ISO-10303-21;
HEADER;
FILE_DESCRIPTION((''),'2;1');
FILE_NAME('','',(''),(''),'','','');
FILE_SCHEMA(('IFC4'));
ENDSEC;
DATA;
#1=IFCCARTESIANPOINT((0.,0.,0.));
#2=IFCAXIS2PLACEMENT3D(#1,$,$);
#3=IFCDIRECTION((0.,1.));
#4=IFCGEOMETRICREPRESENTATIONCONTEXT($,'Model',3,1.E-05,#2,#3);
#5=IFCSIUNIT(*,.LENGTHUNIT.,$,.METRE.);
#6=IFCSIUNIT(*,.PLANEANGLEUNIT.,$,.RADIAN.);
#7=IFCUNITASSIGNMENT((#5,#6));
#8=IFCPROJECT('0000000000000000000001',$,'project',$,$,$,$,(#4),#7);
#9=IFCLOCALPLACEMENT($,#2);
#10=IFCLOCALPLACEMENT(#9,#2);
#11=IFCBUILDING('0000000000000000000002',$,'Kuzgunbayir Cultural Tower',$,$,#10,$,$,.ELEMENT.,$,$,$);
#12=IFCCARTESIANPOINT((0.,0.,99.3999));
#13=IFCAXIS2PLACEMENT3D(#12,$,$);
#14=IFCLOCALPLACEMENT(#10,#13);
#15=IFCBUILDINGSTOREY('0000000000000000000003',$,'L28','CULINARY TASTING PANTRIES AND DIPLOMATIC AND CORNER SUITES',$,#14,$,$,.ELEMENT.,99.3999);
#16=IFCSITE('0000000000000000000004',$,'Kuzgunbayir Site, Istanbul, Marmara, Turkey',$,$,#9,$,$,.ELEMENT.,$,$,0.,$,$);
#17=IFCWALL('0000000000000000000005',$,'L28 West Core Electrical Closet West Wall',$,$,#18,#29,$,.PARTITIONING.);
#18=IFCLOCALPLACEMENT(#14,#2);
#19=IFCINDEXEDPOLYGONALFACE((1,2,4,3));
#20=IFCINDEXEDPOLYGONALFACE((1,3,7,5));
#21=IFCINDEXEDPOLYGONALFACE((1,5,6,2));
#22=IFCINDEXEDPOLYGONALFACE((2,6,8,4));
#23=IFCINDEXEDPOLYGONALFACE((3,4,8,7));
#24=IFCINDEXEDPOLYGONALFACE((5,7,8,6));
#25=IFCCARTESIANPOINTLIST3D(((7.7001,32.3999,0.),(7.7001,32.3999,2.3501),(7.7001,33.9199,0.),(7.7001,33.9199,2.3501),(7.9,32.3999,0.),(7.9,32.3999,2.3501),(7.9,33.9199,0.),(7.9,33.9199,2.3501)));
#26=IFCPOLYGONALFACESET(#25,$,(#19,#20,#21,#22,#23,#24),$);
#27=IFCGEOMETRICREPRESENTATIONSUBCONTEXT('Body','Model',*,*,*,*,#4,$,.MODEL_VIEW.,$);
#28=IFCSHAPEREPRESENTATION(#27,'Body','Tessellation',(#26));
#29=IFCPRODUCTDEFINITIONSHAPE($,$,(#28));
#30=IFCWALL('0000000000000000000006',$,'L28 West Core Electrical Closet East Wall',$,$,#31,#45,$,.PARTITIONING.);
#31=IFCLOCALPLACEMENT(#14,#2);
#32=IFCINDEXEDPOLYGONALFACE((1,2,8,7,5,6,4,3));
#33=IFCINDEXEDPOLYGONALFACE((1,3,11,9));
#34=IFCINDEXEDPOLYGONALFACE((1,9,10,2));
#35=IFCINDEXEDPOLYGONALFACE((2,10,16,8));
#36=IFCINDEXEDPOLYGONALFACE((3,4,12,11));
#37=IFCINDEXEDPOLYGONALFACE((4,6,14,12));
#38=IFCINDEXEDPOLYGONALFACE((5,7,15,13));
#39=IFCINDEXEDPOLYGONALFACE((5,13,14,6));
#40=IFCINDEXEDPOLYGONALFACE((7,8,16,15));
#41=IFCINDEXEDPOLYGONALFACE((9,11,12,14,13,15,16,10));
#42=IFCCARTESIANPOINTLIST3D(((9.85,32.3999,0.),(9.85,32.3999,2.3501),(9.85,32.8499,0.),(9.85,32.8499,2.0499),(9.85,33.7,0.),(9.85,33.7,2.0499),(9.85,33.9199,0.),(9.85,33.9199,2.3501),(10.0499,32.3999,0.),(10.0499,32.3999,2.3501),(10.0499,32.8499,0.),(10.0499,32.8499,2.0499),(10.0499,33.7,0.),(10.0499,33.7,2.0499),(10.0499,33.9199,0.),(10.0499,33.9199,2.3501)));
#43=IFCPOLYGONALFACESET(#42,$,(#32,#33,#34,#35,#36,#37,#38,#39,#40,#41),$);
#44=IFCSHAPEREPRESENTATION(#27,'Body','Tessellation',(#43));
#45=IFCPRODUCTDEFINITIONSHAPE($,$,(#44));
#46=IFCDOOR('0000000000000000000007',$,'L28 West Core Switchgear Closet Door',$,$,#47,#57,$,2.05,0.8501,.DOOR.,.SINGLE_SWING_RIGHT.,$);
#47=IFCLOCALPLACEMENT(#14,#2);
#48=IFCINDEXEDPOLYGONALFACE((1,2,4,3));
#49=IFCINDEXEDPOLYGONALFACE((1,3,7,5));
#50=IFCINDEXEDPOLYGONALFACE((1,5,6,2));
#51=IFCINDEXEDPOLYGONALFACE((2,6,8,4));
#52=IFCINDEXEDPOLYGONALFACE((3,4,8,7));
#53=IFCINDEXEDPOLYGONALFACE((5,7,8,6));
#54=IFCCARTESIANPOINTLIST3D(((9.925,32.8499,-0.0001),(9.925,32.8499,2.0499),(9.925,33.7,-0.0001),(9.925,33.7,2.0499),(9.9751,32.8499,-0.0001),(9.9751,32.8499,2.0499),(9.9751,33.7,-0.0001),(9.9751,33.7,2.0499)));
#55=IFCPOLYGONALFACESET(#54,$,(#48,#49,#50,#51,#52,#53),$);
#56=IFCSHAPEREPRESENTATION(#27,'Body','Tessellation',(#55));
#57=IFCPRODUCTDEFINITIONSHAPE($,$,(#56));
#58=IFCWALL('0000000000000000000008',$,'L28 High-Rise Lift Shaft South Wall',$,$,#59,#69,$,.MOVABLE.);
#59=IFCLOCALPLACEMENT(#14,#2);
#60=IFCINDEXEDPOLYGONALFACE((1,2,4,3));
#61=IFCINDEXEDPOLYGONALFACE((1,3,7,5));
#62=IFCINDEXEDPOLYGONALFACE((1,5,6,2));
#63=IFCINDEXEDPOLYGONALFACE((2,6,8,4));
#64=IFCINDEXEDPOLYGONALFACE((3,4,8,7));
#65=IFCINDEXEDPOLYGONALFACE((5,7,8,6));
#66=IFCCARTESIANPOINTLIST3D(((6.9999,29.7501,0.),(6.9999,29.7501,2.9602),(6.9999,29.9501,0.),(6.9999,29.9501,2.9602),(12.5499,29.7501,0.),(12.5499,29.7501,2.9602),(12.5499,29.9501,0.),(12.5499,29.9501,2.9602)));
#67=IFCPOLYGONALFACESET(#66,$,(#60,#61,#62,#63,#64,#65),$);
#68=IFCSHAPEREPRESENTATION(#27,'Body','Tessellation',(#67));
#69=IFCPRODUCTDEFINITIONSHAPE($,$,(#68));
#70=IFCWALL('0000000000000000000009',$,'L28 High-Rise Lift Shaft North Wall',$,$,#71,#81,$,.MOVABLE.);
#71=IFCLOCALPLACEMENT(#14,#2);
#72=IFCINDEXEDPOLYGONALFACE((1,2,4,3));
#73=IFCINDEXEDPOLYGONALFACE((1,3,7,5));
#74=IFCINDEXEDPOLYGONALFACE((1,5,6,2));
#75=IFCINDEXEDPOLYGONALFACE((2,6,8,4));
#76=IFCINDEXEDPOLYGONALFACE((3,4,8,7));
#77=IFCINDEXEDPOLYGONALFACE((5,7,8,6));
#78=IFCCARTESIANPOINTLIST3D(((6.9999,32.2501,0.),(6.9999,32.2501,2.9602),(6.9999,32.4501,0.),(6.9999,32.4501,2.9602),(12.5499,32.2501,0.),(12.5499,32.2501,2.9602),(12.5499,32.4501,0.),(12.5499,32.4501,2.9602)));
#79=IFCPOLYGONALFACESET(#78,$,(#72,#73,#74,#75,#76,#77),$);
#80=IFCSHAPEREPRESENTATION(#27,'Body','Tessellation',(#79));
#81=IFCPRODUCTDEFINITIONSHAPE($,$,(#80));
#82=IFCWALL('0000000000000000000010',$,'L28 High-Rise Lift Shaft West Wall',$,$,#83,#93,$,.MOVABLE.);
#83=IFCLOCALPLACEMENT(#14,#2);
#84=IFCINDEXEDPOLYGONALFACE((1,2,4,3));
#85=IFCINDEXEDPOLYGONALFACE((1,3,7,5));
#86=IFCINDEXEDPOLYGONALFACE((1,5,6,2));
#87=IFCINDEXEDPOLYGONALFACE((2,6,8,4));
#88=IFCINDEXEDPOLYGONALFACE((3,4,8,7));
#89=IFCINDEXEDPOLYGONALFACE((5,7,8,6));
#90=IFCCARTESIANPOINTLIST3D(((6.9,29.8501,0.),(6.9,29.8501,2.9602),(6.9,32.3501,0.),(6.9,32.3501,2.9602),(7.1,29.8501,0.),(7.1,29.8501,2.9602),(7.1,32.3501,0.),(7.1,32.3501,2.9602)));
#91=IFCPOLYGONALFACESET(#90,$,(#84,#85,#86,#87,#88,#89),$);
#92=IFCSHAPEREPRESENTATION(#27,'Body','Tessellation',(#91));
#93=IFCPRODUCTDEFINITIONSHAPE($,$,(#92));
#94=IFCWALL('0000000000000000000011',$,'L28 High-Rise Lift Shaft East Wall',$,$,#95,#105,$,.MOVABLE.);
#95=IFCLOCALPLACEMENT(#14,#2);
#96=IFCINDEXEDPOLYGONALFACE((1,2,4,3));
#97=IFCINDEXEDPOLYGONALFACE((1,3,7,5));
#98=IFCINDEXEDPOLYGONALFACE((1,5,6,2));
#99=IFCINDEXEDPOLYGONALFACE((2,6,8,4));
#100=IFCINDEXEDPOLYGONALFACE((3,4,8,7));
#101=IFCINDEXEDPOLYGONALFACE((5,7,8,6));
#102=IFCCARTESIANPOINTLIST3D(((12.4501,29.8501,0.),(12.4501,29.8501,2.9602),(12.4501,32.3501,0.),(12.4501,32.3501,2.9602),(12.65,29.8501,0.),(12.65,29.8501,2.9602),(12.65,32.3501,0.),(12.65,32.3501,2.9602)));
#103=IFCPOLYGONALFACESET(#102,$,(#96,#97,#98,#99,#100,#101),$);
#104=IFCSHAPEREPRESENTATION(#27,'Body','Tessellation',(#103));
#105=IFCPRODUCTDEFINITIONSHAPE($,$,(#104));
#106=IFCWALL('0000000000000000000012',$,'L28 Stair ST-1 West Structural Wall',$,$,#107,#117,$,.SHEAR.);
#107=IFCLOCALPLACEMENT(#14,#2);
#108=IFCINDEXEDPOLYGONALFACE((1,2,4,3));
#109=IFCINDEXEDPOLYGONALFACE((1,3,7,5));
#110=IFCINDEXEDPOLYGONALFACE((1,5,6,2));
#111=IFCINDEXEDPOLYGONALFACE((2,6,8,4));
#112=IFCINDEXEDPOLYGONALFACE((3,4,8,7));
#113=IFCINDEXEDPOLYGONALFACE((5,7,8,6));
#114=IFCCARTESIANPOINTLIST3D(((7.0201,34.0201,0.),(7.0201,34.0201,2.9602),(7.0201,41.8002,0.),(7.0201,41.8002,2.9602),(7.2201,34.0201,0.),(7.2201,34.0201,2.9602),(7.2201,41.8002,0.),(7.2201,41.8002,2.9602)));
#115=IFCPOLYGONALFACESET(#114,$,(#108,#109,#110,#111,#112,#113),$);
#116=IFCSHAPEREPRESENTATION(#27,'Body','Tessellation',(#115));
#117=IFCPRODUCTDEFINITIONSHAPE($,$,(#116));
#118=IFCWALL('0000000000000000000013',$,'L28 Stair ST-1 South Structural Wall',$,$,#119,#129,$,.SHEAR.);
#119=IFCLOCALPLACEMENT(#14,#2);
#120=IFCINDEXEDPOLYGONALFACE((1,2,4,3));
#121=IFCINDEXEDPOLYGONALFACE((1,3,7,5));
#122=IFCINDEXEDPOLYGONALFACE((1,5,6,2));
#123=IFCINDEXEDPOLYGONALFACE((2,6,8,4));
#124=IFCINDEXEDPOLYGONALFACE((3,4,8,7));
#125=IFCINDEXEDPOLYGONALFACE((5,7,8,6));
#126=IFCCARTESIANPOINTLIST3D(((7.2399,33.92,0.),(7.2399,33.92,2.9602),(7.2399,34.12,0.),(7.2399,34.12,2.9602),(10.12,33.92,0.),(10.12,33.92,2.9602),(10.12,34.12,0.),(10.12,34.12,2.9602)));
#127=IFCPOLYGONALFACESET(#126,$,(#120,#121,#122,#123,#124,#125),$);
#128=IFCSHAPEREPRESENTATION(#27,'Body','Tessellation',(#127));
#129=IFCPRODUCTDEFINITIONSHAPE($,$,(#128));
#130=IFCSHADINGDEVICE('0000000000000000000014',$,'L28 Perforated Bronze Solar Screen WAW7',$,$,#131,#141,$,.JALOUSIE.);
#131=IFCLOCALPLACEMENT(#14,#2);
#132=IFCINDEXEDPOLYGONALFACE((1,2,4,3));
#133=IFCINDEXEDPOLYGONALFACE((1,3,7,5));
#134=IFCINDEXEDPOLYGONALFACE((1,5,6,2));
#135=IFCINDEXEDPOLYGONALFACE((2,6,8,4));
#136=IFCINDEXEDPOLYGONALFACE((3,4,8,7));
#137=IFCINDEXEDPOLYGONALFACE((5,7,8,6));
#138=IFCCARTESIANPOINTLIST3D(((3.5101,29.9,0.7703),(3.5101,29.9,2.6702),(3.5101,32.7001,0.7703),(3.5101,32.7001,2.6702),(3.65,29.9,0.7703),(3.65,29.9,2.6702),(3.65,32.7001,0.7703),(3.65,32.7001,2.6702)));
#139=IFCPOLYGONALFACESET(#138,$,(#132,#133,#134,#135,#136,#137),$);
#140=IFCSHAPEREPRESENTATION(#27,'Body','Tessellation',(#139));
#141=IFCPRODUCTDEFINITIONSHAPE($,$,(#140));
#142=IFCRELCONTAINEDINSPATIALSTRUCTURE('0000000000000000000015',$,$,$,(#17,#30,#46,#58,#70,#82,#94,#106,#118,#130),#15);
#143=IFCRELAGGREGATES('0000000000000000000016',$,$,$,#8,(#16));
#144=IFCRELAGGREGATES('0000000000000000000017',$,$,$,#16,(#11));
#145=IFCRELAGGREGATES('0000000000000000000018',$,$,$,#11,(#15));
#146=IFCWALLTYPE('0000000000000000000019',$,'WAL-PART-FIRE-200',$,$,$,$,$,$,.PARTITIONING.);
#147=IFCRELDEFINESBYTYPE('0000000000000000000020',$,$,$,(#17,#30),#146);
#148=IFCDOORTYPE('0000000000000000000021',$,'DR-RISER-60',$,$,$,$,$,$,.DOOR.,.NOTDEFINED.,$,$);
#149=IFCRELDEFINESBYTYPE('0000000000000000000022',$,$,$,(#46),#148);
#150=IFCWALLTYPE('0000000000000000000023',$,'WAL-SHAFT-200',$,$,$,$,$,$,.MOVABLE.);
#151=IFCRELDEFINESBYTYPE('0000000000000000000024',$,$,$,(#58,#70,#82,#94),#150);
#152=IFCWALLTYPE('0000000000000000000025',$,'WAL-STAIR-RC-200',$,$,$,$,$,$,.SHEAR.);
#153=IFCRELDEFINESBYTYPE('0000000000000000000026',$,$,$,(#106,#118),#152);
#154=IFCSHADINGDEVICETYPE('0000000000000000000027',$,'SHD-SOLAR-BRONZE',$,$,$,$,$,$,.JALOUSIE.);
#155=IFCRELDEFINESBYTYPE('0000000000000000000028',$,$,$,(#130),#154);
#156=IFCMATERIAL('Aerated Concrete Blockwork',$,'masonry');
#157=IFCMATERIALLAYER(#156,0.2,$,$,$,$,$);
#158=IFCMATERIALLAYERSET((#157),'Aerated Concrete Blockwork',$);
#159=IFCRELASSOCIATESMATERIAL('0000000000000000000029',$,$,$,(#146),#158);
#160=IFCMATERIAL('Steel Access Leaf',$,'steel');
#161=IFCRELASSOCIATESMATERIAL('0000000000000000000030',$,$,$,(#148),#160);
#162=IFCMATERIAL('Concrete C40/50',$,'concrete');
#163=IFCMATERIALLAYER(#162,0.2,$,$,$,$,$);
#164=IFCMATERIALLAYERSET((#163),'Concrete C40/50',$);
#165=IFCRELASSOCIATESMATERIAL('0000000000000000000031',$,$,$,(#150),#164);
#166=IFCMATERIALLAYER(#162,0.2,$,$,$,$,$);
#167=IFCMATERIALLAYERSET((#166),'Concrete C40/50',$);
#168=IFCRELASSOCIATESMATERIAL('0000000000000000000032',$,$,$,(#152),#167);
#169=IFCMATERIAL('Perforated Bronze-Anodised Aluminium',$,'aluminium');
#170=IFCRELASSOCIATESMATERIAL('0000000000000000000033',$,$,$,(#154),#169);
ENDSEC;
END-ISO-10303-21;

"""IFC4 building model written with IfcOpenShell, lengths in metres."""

from ifc_helpers import new_model, si_unit, direction, frame, frame_2d, origin, origin_2d, place, context, subcontext, project, spatial, rectangle, extrude, material, layer, layer_set, type_object, element, fill, save


model = new_model("IFC4")

# Units and contexts
model_context = context("Model", 3, precision=1e-05, world=origin(), true_north=direction((0.0, 1.0)))
body_context = subcontext(model_context, "Body", "Model", "MODEL_VIEW")
ifc_project = project(units=[si_unit("LENGTHUNIT", "METRE"), si_unit("PLANEANGLEUNIT", "RADIAN")], contexts=[model_context])

# Site, building, storey
site_placement = place(None, origin())
site = spatial("IfcSite", under=ifc_project, at=site_placement, Name="Kuzgunbayir Site, Istanbul, Marmara, Turkey", CompositionType="ELEMENT", RefElevation=0.0)
building_placement = place(site_placement, origin())
building = spatial("IfcBuilding", under=site, at=building_placement, Name="Kuzgunbayir Cultural Tower", CompositionType="ELEMENT")
storey_placement = place(building_placement, frame((0.0, 0.0, 99.3999)))
storey = spatial("IfcBuildingStorey", under=building, at=storey_placement, Name="L28", Description="CULINARY TASTING PANTRIES AND DIPLOMATIC AND CORNER SUITES", CompositionType="ELEMENT", Elevation=99.3999)

# Shared definitions
ifc_material_1 = material(Name="Aerated Concrete Blockwork", Category="masonry")
ifc_layer_1 = layer(ifc_material_1, 0.2)
ifc_layer_set_1 = layer_set([ifc_layer_1], Name="Aerated Concrete Blockwork")
wall_type_1 = type_object("IfcWallType", Name="WAL-PART-FIRE-200", PredefinedType="PARTITIONING", material=ifc_layer_set_1)

# Shared definitions
ifc_material_2 = material(Name="Steel Access Leaf", Category="steel")
door_type_1 = type_object("IfcDoorType", Name="DR-RISER-60", OperationType="NOTDEFINED", PredefinedType="DOOR", material=ifc_material_2)

# Wall
wall_1_placement = place(storey_placement, frame((7.8, 32.3999, 0.0), z_axis=(0.0, 0.0, 1.0), x_axis=(0.0, 1.0, 0.0)))
element("IfcWall", 1, at=wall_1_placement, inside=storey, type_object=wall_type_1, Name="L28 West Core Electrical Closet West Wall", PredefinedType="PARTITIONING", context=body_context, shape_type="SweptSolid", body=[
    extrude(rectangle(XDim=1.52, YDim=0.2, at=frame_2d((0.76, 0.0))), origin(), (0.0, 0.0, 1.0), 2.3501),
])

# Wall, opening, door
wall_2_placement = place(storey_placement, frame((9.95, 32.3999, 0.0), z_axis=(0.0, 0.0, 1.0), x_axis=(0.0, 1.0, 0.0)))
wall_2 = element("IfcWall", 2, at=wall_2_placement, inside=storey, type_object=wall_type_1, Name="L28 West Core Electrical Closet East Wall", PredefinedType="PARTITIONING", context=body_context, shape_type="SweptSolid", body=[
    extrude(rectangle(XDim=1.52, YDim=0.2, at=frame_2d((0.76, 0.0))), origin(), (0.0, 0.0, 1.0), 2.3501),
])
opening_1_placement = place(wall_2_placement, frame((0.45, 0.0, 0.0)))
opening_1 = element("IfcOpeningElement", 3, at=opening_1_placement, cuts=wall_2, PredefinedType="OPENING", context=body_context, shape_type="SweptSolid", body=[
    extrude(rectangle(XDim=0.8501, YDim=2.05, at=frame_2d((0.425, 1.0249))), frame((0.0, 0.1099, 0.0), z_axis=(0.0, -1.0, 0.0), x_axis=(1.0, 0.0, 0.0)), (0.0, 0.0, 1.0), 0.22),
])
door_1_placement = place(opening_1_placement, origin())
door_1 = element("IfcDoor", 4, at=door_1_placement, inside=storey, type_object=door_type_1, Name="L28 West Core Switchgear Closet Door", OperationType="SINGLE_SWING_RIGHT", OverallHeight=2.05, OverallWidth=0.8501, PredefinedType="DOOR", context=body_context, shape_type="SweptSolid", body=[
    extrude(rectangle(XDim=0.8501, YDim=2.05, at=frame_2d((0.425, 1.0249))), frame((0.0, 0.0249, 0.0), z_axis=(0.0, -1.0, 0.0), x_axis=(1.0, 0.0, 0.0)), (0.0, 0.0, 1.0), 0.05),
])
fill(opening_1, door_1)

# Walls
ifc_material_3 = material(Name="Concrete C40/50", Category="concrete")
ifc_layer_2 = layer(ifc_material_3, 0.2)
ifc_layer_set_2 = layer_set([ifc_layer_2], Name="Concrete C40/50")
wall_type_2 = type_object("IfcWallType", Name="WAL-SHAFT-200", PredefinedType="MOVABLE", material=ifc_layer_set_2)
for number, where, z_axis, x_axis, name in (
    (5, (7.0, 29.8501, 0.0), (0.0, 0.0, 1.0), (1.0, 0.0, 0.0), "L28 High-Rise Lift Shaft South Wall"),
    (6, (7.0, 32.3501, 0.0), (0.0, 0.0, 1.0), (1.0, 0.0, 0.0), "L28 High-Rise Lift Shaft North Wall"),
):
    element("IfcWall", number, at=place(storey_placement, frame(where, z_axis=z_axis, x_axis=x_axis)), inside=storey, type_object=wall_type_2, Name=name, PredefinedType="MOVABLE", context=body_context, shape_type="SweptSolid", body=[
        extrude(rectangle(XDim=5.55, YDim=0.2, at=frame_2d((2.7749, 0.0))), origin(), (0.0, 0.0, 1.0), 2.9602),
    ])
for number, where, z_axis, x_axis, name in (
    (7, (7.0, 29.8501, 0.0), (0.0, 0.0, 1.0), (0.0, 1.0, 0.0), "L28 High-Rise Lift Shaft West Wall"),
    (8, (12.55, 29.8501, 0.0), (0.0, 0.0, 1.0), (0.0, 1.0, 0.0), "L28 High-Rise Lift Shaft East Wall"),
):
    element("IfcWall", number, at=place(storey_placement, frame(where, z_axis=z_axis, x_axis=x_axis)), inside=storey, type_object=wall_type_2, Name=name, PredefinedType="MOVABLE", context=body_context, shape_type="SweptSolid", body=[
        extrude(rectangle(XDim=2.5, YDim=0.2, at=frame_2d((1.25, 0.0))), origin(), (0.0, 0.0, 1.0), 2.9602),
    ])
ifc_layer_3 = layer(ifc_material_3, 0.2)
ifc_layer_set_3 = layer_set([ifc_layer_3], Name="Concrete C40/50")
wall_type_3 = type_object("IfcWallType", Name="WAL-STAIR-RC-200", PredefinedType="SHEAR", material=ifc_layer_set_3)
wall_3_placement = place(storey_placement, frame((7.1201, 34.02, 0.0), z_axis=(0.0, 0.0, 1.0), x_axis=(0.0, 1.0, 0.0)))
element("IfcWall", 9, at=wall_3_placement, inside=storey, type_object=wall_type_3, Name="L28 Stair ST-1 West Structural Wall", PredefinedType="SHEAR", context=body_context, shape_type="SweptSolid", body=[
    extrude(rectangle(XDim=7.78, YDim=0.2, at=frame_2d((3.8901, 0.0))), origin(), (0.0, 0.0, 1.0), 2.9602),
])
wall_4_placement = place(storey_placement, frame((7.24, 34.02, 0.0), z_axis=(0.0, 0.0, 1.0), x_axis=(1.0, 0.0, 0.0)))
element("IfcWall", 10, at=wall_4_placement, inside=storey, type_object=wall_type_3, Name="L28 Stair ST-1 South Structural Wall", PredefinedType="SHEAR", context=body_context, shape_type="SweptSolid", body=[
    extrude(rectangle(XDim=2.8801, YDim=0.2, at=frame_2d((1.4399, 0.0))), origin(), (0.0, 0.0, 1.0), 2.9602),
])

# Shading device
ifc_material_4 = material(Name="Perforated Bronze-Anodised Aluminium", Category="aluminium")
shading_device_type = type_object("IfcShadingDeviceType", Name="SHD-SOLAR-BRONZE", PredefinedType="JALOUSIE", material=ifc_material_4)
shading_device_placement = place(storey_placement, frame((3.5801, 31.3, 0.7703), z_axis=(0.0, 0.0, 1.0), x_axis=(1.0, 0.0, 0.0)))
element("IfcShadingDevice", 11, at=shading_device_placement, inside=storey, type_object=shading_device_type, Name="L28 Perforated Bronze Solar Screen WAW7", PredefinedType="JALOUSIE", context=body_context, shape_type="SweptSolid", body=[
    extrude(rectangle(XDim=0.1399, YDim=2.8, at=origin_2d()), origin(), (0.0, 0.0, 1.0), 1.8999),
])

save(model, "model.ifc")
